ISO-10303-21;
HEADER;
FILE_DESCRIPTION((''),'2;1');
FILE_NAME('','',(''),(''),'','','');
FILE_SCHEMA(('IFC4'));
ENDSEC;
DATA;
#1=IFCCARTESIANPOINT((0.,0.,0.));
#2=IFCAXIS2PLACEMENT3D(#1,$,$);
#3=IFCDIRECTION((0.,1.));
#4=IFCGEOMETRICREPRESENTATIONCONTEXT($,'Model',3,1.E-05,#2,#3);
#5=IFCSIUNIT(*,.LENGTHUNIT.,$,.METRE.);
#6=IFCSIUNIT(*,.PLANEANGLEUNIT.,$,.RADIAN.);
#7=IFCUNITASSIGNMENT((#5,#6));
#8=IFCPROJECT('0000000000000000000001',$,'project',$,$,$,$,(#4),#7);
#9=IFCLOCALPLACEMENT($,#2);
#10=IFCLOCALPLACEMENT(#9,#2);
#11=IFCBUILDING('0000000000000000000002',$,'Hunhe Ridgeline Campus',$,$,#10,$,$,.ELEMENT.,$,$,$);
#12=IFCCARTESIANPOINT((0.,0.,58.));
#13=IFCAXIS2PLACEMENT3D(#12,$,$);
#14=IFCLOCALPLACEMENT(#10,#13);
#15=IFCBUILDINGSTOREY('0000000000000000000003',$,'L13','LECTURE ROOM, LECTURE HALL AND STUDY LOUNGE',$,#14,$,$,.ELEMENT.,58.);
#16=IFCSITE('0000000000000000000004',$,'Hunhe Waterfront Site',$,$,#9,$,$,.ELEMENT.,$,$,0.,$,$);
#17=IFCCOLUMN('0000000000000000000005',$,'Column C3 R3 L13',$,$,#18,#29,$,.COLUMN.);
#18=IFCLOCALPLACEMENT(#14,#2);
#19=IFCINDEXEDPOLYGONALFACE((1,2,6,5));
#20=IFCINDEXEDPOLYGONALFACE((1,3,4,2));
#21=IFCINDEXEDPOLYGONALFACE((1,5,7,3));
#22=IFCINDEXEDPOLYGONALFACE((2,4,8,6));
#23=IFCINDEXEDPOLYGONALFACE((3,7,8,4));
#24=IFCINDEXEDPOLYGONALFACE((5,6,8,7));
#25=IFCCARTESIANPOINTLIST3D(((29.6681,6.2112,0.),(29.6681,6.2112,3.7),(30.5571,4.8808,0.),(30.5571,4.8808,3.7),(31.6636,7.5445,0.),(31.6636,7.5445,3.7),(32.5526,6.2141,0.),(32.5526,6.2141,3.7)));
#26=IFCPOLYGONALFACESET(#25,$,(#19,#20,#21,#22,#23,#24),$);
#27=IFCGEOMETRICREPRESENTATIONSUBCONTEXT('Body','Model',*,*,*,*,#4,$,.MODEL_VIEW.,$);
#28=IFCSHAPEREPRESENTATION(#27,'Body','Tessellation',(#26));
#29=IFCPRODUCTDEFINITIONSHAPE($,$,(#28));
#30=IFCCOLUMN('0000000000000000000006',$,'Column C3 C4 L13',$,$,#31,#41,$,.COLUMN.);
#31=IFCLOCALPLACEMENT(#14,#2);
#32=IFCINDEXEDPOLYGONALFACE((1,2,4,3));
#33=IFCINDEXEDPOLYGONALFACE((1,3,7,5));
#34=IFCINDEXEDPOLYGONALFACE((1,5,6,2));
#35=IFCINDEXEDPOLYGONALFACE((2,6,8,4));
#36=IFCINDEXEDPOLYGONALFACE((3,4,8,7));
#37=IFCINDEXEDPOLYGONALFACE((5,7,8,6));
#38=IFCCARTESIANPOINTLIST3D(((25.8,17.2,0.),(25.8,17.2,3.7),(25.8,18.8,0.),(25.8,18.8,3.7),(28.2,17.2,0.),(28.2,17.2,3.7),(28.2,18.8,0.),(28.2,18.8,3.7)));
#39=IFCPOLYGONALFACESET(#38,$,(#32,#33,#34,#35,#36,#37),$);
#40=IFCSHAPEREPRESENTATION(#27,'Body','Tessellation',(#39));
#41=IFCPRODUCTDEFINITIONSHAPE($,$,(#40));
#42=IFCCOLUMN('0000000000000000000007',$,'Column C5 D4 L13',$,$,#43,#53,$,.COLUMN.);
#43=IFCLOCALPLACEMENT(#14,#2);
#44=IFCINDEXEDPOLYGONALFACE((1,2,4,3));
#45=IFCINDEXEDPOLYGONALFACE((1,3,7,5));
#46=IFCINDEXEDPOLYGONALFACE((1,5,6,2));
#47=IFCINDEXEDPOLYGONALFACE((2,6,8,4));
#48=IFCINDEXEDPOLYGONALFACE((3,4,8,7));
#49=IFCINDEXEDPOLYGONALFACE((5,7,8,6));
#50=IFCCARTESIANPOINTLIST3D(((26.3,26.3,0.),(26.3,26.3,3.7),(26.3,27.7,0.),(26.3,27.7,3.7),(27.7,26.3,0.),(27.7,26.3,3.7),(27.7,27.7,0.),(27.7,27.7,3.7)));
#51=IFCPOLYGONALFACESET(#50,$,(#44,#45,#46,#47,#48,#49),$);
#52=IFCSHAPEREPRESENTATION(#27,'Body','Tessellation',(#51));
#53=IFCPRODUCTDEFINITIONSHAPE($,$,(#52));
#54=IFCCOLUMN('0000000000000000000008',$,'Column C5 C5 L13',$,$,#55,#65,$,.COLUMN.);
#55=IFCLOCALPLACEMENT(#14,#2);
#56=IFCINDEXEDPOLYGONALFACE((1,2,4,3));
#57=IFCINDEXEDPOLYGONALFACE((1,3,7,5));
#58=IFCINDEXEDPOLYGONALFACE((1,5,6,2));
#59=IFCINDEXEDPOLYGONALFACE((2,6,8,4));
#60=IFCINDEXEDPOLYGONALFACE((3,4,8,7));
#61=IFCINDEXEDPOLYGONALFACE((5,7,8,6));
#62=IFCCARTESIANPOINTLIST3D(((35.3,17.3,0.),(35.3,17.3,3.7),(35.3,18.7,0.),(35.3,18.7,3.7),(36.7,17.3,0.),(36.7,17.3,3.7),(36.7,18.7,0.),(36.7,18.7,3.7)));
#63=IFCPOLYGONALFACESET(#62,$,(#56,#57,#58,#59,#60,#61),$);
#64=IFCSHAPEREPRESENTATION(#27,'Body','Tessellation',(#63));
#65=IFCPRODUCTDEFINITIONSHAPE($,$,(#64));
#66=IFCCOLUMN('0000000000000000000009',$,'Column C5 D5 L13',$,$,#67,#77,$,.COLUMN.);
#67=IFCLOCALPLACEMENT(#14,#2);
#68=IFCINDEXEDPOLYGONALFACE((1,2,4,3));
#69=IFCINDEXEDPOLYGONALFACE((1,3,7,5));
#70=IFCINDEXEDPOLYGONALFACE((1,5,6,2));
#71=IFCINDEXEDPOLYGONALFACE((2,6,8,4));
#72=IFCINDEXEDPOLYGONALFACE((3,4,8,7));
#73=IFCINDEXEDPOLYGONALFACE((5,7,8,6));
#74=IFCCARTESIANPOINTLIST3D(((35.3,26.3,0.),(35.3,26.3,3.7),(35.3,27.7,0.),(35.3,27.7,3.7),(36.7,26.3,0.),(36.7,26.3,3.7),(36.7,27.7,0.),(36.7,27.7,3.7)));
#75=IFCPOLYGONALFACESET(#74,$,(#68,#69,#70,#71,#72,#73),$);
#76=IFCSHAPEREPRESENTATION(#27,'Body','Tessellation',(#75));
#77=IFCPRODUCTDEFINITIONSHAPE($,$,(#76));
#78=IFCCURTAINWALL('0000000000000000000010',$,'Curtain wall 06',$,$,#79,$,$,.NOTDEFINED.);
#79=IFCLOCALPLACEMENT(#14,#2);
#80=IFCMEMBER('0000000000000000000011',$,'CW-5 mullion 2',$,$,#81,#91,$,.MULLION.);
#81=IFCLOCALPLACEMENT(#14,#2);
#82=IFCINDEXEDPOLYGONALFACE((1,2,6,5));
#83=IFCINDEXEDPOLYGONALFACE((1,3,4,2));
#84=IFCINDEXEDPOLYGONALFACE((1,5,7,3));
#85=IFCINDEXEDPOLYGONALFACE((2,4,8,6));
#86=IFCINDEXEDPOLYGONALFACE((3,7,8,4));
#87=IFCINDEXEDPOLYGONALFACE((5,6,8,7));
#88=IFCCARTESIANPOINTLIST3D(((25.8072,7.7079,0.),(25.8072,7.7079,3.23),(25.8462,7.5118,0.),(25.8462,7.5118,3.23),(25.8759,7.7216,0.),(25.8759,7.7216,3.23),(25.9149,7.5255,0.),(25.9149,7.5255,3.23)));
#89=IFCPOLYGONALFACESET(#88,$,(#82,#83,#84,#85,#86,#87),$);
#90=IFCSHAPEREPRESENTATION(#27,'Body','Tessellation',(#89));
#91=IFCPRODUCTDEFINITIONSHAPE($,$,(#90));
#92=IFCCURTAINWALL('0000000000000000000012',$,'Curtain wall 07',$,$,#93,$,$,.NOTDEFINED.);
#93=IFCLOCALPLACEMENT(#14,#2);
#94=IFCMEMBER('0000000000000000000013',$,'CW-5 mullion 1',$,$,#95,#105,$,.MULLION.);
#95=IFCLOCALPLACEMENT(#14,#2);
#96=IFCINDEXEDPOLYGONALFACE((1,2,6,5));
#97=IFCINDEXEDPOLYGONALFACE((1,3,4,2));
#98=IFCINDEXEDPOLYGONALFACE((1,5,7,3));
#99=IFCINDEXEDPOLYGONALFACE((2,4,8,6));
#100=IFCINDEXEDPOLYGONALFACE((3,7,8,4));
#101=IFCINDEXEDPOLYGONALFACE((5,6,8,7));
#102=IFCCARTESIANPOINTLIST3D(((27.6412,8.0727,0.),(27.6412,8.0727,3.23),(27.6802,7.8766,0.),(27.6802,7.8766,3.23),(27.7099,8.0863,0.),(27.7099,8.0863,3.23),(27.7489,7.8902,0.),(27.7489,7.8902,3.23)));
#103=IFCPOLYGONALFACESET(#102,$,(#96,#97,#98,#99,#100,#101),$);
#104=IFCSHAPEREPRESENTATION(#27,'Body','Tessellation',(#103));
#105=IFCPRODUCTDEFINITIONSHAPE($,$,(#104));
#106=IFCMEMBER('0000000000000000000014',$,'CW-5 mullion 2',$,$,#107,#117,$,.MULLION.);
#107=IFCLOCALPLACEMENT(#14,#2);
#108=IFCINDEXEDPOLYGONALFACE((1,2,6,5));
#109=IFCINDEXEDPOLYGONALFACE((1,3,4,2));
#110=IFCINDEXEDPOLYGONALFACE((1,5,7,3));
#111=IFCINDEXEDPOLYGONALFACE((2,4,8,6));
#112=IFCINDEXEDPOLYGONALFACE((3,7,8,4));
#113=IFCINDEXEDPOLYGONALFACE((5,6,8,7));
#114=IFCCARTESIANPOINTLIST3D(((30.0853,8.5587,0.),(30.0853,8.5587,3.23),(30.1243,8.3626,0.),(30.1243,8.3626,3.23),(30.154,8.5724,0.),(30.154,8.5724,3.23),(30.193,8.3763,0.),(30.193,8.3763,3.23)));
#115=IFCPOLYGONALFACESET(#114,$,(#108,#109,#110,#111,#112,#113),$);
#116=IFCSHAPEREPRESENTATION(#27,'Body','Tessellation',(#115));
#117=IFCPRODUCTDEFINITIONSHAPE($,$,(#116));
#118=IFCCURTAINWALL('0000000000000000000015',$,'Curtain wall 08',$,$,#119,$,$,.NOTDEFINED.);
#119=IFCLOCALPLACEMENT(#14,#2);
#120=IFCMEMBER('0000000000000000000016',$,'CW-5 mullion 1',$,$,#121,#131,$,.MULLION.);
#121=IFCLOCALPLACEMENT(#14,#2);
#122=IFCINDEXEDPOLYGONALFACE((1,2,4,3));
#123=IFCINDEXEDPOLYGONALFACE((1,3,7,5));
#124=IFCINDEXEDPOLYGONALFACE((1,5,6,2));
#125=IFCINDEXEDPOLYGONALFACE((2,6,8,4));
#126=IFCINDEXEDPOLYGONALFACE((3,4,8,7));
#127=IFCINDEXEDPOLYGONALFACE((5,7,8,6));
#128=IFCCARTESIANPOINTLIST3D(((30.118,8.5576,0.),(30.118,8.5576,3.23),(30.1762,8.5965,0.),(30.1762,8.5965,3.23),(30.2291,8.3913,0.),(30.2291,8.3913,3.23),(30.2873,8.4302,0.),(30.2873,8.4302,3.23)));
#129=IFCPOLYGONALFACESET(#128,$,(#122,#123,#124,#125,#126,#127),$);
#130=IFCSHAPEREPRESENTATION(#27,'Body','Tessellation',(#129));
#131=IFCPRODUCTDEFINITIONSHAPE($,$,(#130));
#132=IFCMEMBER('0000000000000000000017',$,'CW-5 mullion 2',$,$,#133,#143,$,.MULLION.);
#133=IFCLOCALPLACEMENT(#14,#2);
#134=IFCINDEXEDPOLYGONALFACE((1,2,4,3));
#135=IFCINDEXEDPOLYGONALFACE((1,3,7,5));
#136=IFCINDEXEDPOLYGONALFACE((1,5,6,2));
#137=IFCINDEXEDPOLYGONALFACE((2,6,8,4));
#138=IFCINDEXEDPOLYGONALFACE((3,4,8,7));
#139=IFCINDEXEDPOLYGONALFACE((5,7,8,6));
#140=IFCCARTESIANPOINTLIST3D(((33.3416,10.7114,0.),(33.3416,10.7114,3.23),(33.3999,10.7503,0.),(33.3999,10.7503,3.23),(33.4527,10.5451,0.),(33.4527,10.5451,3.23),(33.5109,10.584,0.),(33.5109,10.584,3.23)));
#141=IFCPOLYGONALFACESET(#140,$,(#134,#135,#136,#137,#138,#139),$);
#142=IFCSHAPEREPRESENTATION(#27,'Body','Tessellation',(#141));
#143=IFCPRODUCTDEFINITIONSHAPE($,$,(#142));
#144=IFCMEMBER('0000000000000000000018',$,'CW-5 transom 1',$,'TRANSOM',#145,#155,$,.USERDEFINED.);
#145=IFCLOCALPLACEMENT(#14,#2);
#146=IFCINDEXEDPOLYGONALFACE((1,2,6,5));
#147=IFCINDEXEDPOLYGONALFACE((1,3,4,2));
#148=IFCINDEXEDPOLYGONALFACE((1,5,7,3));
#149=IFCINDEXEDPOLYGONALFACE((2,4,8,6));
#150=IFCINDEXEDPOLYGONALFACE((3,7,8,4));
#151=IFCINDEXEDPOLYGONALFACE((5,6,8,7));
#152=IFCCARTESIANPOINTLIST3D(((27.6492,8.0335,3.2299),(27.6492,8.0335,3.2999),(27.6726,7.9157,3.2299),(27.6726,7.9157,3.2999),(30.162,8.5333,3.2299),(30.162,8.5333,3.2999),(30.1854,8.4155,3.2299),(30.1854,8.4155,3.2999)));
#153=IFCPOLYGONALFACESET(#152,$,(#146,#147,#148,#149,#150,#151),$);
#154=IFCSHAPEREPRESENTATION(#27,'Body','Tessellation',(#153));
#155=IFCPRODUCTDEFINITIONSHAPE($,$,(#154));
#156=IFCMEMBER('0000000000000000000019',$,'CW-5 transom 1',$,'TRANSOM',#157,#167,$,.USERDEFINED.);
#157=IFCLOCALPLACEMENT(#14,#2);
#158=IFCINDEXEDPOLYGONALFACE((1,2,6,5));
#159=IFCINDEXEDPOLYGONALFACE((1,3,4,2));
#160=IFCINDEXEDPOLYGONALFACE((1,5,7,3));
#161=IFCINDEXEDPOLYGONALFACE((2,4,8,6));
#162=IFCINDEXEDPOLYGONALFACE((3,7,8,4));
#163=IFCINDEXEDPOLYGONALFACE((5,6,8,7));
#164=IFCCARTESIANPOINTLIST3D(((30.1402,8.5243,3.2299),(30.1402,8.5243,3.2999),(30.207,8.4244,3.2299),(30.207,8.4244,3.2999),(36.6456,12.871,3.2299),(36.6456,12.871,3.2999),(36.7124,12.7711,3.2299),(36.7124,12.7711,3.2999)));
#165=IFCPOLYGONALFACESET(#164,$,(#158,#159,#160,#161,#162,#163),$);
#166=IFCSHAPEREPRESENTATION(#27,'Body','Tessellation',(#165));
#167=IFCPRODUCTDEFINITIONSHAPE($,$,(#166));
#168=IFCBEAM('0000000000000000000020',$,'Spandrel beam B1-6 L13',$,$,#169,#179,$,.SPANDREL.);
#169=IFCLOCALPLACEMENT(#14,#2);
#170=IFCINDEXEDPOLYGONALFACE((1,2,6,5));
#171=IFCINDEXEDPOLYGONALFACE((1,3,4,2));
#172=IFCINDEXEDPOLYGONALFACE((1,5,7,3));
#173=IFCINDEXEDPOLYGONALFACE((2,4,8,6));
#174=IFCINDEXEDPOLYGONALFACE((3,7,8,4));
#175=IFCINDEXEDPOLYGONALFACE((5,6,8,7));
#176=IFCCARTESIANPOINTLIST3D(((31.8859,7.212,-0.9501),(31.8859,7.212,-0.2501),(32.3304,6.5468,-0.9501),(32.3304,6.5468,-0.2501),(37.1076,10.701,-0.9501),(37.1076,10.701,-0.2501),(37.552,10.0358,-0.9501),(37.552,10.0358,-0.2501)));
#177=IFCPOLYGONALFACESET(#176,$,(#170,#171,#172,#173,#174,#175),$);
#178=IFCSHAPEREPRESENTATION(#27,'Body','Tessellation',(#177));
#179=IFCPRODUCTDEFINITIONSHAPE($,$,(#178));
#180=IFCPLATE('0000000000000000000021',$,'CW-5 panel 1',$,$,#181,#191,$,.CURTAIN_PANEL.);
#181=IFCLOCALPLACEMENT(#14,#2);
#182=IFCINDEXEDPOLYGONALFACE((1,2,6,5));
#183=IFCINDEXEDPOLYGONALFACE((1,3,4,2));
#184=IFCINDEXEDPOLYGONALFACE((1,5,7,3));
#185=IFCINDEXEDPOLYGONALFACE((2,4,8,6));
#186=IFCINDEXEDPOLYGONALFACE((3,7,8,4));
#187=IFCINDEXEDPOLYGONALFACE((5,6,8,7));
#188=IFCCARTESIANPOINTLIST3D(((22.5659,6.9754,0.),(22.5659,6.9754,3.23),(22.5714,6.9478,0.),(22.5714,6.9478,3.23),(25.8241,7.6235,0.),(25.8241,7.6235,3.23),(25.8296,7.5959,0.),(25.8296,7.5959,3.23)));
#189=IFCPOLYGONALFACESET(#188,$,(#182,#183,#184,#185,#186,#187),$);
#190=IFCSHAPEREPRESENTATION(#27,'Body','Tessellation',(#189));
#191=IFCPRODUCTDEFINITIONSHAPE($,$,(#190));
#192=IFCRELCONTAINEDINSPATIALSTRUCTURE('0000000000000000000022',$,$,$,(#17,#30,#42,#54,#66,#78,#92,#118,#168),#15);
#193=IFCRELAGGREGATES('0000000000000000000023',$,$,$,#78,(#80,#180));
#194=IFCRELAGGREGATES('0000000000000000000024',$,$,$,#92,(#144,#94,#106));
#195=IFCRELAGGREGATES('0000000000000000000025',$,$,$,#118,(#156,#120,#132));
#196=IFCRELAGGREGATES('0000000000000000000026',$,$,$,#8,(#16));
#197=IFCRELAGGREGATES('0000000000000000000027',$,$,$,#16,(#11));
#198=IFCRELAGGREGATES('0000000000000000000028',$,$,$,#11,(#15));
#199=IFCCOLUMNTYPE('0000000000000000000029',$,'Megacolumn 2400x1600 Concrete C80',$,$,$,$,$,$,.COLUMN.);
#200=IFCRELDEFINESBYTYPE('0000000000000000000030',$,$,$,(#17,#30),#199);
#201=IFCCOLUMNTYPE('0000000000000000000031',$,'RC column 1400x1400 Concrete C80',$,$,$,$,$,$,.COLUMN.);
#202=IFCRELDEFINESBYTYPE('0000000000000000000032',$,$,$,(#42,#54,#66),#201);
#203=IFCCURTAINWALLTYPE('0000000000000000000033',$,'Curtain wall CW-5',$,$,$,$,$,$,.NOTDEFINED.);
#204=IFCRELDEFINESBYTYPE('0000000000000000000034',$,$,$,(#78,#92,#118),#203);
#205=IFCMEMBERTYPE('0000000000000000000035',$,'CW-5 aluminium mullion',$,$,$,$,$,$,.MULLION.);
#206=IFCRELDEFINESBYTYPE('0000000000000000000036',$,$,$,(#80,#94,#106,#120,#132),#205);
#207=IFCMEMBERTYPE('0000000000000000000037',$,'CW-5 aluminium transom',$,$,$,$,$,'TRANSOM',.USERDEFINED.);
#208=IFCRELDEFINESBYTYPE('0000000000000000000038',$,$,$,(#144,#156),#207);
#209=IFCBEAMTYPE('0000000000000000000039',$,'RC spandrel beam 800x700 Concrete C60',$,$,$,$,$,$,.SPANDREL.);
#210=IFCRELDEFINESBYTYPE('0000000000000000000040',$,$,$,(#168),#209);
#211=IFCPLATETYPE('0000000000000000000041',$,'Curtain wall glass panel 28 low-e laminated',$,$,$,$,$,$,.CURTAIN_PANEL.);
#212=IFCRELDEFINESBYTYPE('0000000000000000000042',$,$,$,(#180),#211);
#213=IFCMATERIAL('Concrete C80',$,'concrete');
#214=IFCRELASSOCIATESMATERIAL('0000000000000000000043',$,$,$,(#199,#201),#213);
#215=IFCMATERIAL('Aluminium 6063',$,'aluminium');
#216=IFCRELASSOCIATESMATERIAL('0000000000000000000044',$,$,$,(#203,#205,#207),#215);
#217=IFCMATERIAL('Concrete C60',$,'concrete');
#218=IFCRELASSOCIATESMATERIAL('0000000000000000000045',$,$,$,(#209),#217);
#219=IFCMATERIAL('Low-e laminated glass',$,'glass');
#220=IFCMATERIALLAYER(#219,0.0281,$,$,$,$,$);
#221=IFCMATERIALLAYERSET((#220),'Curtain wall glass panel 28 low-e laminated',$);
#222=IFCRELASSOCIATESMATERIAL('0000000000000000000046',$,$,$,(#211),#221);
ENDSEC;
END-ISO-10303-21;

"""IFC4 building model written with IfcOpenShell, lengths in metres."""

from ifc_helpers import new_model, si_unit, direction, frame, origin, origin_2d, place, context, subcontext, project, spatial, rectangle, extrude, material, layer, layer_set, material_profile, profile_set, type_object, element, aggregate, save


model = new_model("IFC4")

# Units and contexts
model_context = context("Model", 3, precision=1e-05, world=origin(), true_north=direction((0.0, 1.0)))
body_context = subcontext(model_context, "Body", "Model", "MODEL_VIEW")
ifc_project = project(units=[si_unit("LENGTHUNIT", "METRE"), si_unit("PLANEANGLEUNIT", "RADIAN")], contexts=[model_context])

# Site, building, storey
site_placement = place(None, origin())
site = spatial("IfcSite", under=ifc_project, at=site_placement, Name="Hunhe Waterfront Site", CompositionType="ELEMENT", RefElevation=0.0)
building_placement = place(site_placement, origin())
building = spatial("IfcBuilding", under=site, at=building_placement, Name="Hunhe Ridgeline Campus", CompositionType="ELEMENT")
storey_placement = place(building_placement, frame((0.0, 0.0, 58.0)))
storey = spatial("IfcBuildingStorey", under=building, at=storey_placement, Name="L13", Description="LECTURE ROOM, LECTURE HALL AND STUDY LOUNGE", CompositionType="ELEMENT", Elevation=58.0)

# Columns
ifc_material_1 = material(Name="Concrete C80", Category="concrete")
ifc_material_profile_1 = material_profile(ifc_material_1, rectangle(XDim=2.3999, YDim=1.6001, at=origin_2d()))
ifc_profile_set_1 = profile_set([ifc_material_profile_1], Name="Concrete C80")
column_type_1 = type_object("IfcColumnType", Name="Megacolumn 2400x1600 Concrete C80", PredefinedType="COLUMN", material=ifc_profile_set_1)
for number, where, z_axis, x_axis, name in (
    (1, (31.1104, 6.2126, 0.0), (0.0, 0.0, 1.0), (0.83147, 0.55557, 0.0), "Column C3 R3 L13"),
    (2, (27.0, 18.0, 0.0), (0.0, 0.0, 1.0), (1.0, 0.0, 0.0), "Column C3 C4 L13"),
):
    element("IfcColumn", number, at=place(storey_placement, frame(where, z_axis=z_axis, x_axis=x_axis)), inside=storey, type_object=column_type_1, Name=name, PredefinedType="COLUMN", context=body_context, shape_type="SweptSolid", body=[
        extrude(rectangle(XDim=2.3999, YDim=1.6001, at=origin_2d()), origin(), (0.0, 0.0, 1.0), 3.7),
    ])
ifc_material_profile_2 = material_profile(ifc_material_1, rectangle(XDim=1.3999, YDim=1.3999, at=origin_2d()))
ifc_profile_set_2 = profile_set([ifc_material_profile_2], Name="Concrete C80")
column_type_2 = type_object("IfcColumnType", Name="RC column 1400x1400 Concrete C80", PredefinedType="COLUMN", material=ifc_profile_set_2)
for number, where, z_axis, x_axis, name in (
    (3, (27.0, 27.0, 0.0), (0.0, 0.0, 1.0), (1.0, 0.0, 0.0), "Column C5 D4 L13"),
    (4, (36.0, 18.0, 0.0), (0.0, 0.0, 1.0), (1.0, 0.0, 0.0), "Column C5 C5 L13"),
    (5, (36.0, 27.0, 0.0), (0.0, 0.0, 1.0), (1.0, 0.0, 0.0), "Column C5 D5 L13"),
):
    element("IfcColumn", number, at=place(storey_placement, frame(where, z_axis=z_axis, x_axis=x_axis)), inside=storey, type_object=column_type_2, Name=name, PredefinedType="COLUMN", context=body_context, shape_type="SweptSolid", body=[
        extrude(rectangle(XDim=1.3999, YDim=1.3999, at=origin_2d()), origin(), (0.0, 0.0, 1.0), 3.7),
    ])

# Curtain wall, member
ifc_material_2 = material(Name="Aluminium 6063", Category="aluminium")
curtain_wall_type = type_object("IfcCurtainWallType", Name="Curtain wall CW-5", PredefinedType="NOTDEFINED", material=ifc_material_2)
curtain_wall_1_placement = place(storey_placement, origin())
curtain_wall_1 = element("IfcCurtainWall", 6, at=curtain_wall_1_placement, inside=storey, type_object=curtain_wall_type, Name="Curtain wall 06", PredefinedType="NOTDEFINED")
ifc_material_profile_3 = material_profile(ifc_material_2, rectangle(XDim=0.2, YDim=0.0701, at=origin_2d()))
ifc_profile_set_3 = profile_set([ifc_material_profile_3], Name="Aluminium 6063")
member_type_1 = type_object("IfcMemberType", Name="CW-5 aluminium mullion", PredefinedType="MULLION", material=ifc_profile_set_3)
member_1_placement = place(storey_placement, frame((25.8611, 7.6167, 0.0), z_axis=(0.0, 0.0, 1.0), x_axis=(-0.19509, 0.980785, 0.0)))
member_1 = element("IfcMember", 7, at=member_1_placement, type_object=member_type_1, Name="CW-5 mullion 2", PredefinedType="MULLION", context=body_context, shape_type="SweptSolid", body=[
    extrude(rectangle(XDim=0.2, YDim=0.0701, at=origin_2d()), origin(), (0.0, 0.0, 1.0), 3.23),
])

# Curtain walls, members
curtain_wall_2_placement = place(storey_placement, origin())
curtain_wall_2 = element("IfcCurtainWall", 8, at=curtain_wall_2_placement, inside=storey, type_object=curtain_wall_type, Name="Curtain wall 07", PredefinedType="NOTDEFINED")
member_2_placement = place(storey_placement, frame((27.6951, 7.9814, 0.0), z_axis=(0.0, 0.0, 1.0), x_axis=(-0.195091, 0.980785, 0.0)))
member_2 = element("IfcMember", 9, at=member_2_placement, type_object=member_type_1, Name="CW-5 mullion 1", PredefinedType="MULLION", context=body_context, shape_type="SweptSolid", body=[
    extrude(rectangle(XDim=0.2, YDim=0.0701, at=origin_2d()), origin(), (0.0, 0.0, 1.0), 3.23),
])
member_3_placement = place(storey_placement, frame((30.1392, 8.4675, 0.0), z_axis=(0.0, 0.0, 1.0), x_axis=(-0.195091, 0.980785, 0.0)))
member_3 = element("IfcMember", 10, at=member_3_placement, type_object=member_type_1, Name="CW-5 mullion 2", PredefinedType="MULLION", context=body_context, shape_type="SweptSolid", body=[
    extrude(rectangle(XDim=0.2, YDim=0.0701, at=origin_2d()), origin(), (0.0, 0.0, 1.0), 3.23),
])
curtain_wall_3_placement = place(storey_placement, origin())
curtain_wall_3 = element("IfcCurtainWall", 11, at=curtain_wall_3_placement, inside=storey, type_object=curtain_wall_type, Name="Curtain wall 08", PredefinedType="NOTDEFINED")
member_4_placement = place(storey_placement, frame((30.2026, 8.4939, 0.0), z_axis=(0.0, 0.0, 1.0), x_axis=(-0.55557, 0.83147, 0.0)))
member_4 = element("IfcMember", 12, at=member_4_placement, type_object=member_type_1, Name="CW-5 mullion 1", PredefinedType="MULLION", context=body_context, shape_type="SweptSolid", body=[
    extrude(rectangle(XDim=0.2, YDim=0.0701, at=origin_2d()), origin(), (0.0, 0.0, 1.0), 3.23),
])
member_5_placement = place(storey_placement, frame((33.4263, 10.6477, 0.0), z_axis=(0.0, 0.0, 1.0), x_axis=(-0.55557, 0.83147, 0.0)))
member_5 = element("IfcMember", 13, at=member_5_placement, type_object=member_type_1, Name="CW-5 mullion 2", PredefinedType="MULLION", context=body_context, shape_type="SweptSolid", body=[
    extrude(rectangle(XDim=0.2, YDim=0.0701, at=origin_2d()), origin(), (0.0, 0.0, 1.0), 3.23),
])

# Members
ifc_material_profile_4 = material_profile(ifc_material_2, rectangle(XDim=0.1201, YDim=0.0701, at=origin_2d()))
ifc_profile_set_4 = profile_set([ifc_material_profile_4], Name="Aluminium 6063")
member_type_2 = type_object("IfcMemberType", Name="CW-5 aluminium transom", ElementType="TRANSOM", PredefinedType="USERDEFINED", material=ifc_profile_set_4)
member_6_placement = place(storey_placement, frame((27.6609, 7.9746, 3.2649), z_axis=(0.980789, 0.195071, 0.0), x_axis=(-0.195071, 0.980789, 0.0)))
member_6 = element("IfcMember", 14, at=member_6_placement, type_object=member_type_2, Name="CW-5 transom 1", ObjectType="TRANSOM", PredefinedType="USERDEFINED", context=body_context, shape_type="SweptSolid", body=[
    extrude(rectangle(XDim=0.1201, YDim=0.0701, at=origin_2d()), origin(), (0.0, 0.0, 1.0), 2.562),
])
member_7_placement = place(storey_placement, frame((30.1736, 8.4744, 3.2649), z_axis=(0.831474, 0.555564, 0.0), x_axis=(-0.555564, 0.831474, 0.0)))
member_7 = element("IfcMember", 15, at=member_7_placement, type_object=member_type_2, Name="CW-5 transom 1", ObjectType="TRANSOM", PredefinedType="USERDEFINED", context=body_context, shape_type="SweptSolid", body=[
    extrude(rectangle(XDim=0.1201, YDim=0.0701, at=origin_2d()), origin(), (0.0, 0.0, 1.0), 7.824),
])

# Beam
ifc_material_3 = material(Name="Concrete C60", Category="concrete")
ifc_material_profile_5 = material_profile(ifc_material_3, rectangle(XDim=0.8, YDim=0.7, at=origin_2d()))
ifc_profile_set_5 = profile_set([ifc_material_profile_5], Name="Concrete C60")
beam_type = type_object("IfcBeamType", Name="RC spandrel beam 800x700 Concrete C60", PredefinedType="SPANDREL", material=ifc_profile_set_5)
beam_placement = place(storey_placement, frame((32.1082, 6.8794, -0.6001), z_axis=(0.83147, 0.55557, 0.0), x_axis=(-0.55557, 0.83147, 0.0)))
element("IfcBeam", 16, at=beam_placement, inside=storey, type_object=beam_type, Name="Spandrel beam B1-6 L13", PredefinedType="SPANDREL", context=body_context, shape_type="SweptSolid", body=[
    extrude(rectangle(XDim=0.8, YDim=0.7, at=origin_2d()), origin(), (0.0, 0.0, 1.0), 6.28),
])

# Plate
ifc_material_4 = material(Name="Low-e laminated glass", Category="glass")
ifc_layer_1 = layer(ifc_material_4, 0.0281)
ifc_layer_set_1 = layer_set([ifc_layer_1], Name="Curtain wall glass panel 28 low-e laminated")
plate_type = type_object("IfcPlateType", Name="Curtain wall glass panel 28 low-e laminated", PredefinedType="CURTAIN_PANEL", material=ifc_layer_set_1)
plate_1_placement = place(storey_placement, frame((24.1978, 7.2856, 0.0), z_axis=(0.0, 0.0, 1.0), x_axis=(0.980785, 0.19509, 0.0)))
plate_1 = element("IfcPlate", 17, at=plate_1_placement, type_object=plate_type, Name="CW-5 panel 1", PredefinedType="CURTAIN_PANEL", context=body_context, shape_type="SweptSolid", body=[
    extrude(rectangle(XDim=3.322, YDim=0.0281, at=origin_2d()), origin(), (0.0, 0.0, 1.0), 3.23),
])
aggregate(curtain_wall_1, [member_1, plate_1])
aggregate(curtain_wall_2, [member_6, member_2, member_3])
aggregate(curtain_wall_3, [member_7, member_4, member_5])

save(model, "model.ifc")
